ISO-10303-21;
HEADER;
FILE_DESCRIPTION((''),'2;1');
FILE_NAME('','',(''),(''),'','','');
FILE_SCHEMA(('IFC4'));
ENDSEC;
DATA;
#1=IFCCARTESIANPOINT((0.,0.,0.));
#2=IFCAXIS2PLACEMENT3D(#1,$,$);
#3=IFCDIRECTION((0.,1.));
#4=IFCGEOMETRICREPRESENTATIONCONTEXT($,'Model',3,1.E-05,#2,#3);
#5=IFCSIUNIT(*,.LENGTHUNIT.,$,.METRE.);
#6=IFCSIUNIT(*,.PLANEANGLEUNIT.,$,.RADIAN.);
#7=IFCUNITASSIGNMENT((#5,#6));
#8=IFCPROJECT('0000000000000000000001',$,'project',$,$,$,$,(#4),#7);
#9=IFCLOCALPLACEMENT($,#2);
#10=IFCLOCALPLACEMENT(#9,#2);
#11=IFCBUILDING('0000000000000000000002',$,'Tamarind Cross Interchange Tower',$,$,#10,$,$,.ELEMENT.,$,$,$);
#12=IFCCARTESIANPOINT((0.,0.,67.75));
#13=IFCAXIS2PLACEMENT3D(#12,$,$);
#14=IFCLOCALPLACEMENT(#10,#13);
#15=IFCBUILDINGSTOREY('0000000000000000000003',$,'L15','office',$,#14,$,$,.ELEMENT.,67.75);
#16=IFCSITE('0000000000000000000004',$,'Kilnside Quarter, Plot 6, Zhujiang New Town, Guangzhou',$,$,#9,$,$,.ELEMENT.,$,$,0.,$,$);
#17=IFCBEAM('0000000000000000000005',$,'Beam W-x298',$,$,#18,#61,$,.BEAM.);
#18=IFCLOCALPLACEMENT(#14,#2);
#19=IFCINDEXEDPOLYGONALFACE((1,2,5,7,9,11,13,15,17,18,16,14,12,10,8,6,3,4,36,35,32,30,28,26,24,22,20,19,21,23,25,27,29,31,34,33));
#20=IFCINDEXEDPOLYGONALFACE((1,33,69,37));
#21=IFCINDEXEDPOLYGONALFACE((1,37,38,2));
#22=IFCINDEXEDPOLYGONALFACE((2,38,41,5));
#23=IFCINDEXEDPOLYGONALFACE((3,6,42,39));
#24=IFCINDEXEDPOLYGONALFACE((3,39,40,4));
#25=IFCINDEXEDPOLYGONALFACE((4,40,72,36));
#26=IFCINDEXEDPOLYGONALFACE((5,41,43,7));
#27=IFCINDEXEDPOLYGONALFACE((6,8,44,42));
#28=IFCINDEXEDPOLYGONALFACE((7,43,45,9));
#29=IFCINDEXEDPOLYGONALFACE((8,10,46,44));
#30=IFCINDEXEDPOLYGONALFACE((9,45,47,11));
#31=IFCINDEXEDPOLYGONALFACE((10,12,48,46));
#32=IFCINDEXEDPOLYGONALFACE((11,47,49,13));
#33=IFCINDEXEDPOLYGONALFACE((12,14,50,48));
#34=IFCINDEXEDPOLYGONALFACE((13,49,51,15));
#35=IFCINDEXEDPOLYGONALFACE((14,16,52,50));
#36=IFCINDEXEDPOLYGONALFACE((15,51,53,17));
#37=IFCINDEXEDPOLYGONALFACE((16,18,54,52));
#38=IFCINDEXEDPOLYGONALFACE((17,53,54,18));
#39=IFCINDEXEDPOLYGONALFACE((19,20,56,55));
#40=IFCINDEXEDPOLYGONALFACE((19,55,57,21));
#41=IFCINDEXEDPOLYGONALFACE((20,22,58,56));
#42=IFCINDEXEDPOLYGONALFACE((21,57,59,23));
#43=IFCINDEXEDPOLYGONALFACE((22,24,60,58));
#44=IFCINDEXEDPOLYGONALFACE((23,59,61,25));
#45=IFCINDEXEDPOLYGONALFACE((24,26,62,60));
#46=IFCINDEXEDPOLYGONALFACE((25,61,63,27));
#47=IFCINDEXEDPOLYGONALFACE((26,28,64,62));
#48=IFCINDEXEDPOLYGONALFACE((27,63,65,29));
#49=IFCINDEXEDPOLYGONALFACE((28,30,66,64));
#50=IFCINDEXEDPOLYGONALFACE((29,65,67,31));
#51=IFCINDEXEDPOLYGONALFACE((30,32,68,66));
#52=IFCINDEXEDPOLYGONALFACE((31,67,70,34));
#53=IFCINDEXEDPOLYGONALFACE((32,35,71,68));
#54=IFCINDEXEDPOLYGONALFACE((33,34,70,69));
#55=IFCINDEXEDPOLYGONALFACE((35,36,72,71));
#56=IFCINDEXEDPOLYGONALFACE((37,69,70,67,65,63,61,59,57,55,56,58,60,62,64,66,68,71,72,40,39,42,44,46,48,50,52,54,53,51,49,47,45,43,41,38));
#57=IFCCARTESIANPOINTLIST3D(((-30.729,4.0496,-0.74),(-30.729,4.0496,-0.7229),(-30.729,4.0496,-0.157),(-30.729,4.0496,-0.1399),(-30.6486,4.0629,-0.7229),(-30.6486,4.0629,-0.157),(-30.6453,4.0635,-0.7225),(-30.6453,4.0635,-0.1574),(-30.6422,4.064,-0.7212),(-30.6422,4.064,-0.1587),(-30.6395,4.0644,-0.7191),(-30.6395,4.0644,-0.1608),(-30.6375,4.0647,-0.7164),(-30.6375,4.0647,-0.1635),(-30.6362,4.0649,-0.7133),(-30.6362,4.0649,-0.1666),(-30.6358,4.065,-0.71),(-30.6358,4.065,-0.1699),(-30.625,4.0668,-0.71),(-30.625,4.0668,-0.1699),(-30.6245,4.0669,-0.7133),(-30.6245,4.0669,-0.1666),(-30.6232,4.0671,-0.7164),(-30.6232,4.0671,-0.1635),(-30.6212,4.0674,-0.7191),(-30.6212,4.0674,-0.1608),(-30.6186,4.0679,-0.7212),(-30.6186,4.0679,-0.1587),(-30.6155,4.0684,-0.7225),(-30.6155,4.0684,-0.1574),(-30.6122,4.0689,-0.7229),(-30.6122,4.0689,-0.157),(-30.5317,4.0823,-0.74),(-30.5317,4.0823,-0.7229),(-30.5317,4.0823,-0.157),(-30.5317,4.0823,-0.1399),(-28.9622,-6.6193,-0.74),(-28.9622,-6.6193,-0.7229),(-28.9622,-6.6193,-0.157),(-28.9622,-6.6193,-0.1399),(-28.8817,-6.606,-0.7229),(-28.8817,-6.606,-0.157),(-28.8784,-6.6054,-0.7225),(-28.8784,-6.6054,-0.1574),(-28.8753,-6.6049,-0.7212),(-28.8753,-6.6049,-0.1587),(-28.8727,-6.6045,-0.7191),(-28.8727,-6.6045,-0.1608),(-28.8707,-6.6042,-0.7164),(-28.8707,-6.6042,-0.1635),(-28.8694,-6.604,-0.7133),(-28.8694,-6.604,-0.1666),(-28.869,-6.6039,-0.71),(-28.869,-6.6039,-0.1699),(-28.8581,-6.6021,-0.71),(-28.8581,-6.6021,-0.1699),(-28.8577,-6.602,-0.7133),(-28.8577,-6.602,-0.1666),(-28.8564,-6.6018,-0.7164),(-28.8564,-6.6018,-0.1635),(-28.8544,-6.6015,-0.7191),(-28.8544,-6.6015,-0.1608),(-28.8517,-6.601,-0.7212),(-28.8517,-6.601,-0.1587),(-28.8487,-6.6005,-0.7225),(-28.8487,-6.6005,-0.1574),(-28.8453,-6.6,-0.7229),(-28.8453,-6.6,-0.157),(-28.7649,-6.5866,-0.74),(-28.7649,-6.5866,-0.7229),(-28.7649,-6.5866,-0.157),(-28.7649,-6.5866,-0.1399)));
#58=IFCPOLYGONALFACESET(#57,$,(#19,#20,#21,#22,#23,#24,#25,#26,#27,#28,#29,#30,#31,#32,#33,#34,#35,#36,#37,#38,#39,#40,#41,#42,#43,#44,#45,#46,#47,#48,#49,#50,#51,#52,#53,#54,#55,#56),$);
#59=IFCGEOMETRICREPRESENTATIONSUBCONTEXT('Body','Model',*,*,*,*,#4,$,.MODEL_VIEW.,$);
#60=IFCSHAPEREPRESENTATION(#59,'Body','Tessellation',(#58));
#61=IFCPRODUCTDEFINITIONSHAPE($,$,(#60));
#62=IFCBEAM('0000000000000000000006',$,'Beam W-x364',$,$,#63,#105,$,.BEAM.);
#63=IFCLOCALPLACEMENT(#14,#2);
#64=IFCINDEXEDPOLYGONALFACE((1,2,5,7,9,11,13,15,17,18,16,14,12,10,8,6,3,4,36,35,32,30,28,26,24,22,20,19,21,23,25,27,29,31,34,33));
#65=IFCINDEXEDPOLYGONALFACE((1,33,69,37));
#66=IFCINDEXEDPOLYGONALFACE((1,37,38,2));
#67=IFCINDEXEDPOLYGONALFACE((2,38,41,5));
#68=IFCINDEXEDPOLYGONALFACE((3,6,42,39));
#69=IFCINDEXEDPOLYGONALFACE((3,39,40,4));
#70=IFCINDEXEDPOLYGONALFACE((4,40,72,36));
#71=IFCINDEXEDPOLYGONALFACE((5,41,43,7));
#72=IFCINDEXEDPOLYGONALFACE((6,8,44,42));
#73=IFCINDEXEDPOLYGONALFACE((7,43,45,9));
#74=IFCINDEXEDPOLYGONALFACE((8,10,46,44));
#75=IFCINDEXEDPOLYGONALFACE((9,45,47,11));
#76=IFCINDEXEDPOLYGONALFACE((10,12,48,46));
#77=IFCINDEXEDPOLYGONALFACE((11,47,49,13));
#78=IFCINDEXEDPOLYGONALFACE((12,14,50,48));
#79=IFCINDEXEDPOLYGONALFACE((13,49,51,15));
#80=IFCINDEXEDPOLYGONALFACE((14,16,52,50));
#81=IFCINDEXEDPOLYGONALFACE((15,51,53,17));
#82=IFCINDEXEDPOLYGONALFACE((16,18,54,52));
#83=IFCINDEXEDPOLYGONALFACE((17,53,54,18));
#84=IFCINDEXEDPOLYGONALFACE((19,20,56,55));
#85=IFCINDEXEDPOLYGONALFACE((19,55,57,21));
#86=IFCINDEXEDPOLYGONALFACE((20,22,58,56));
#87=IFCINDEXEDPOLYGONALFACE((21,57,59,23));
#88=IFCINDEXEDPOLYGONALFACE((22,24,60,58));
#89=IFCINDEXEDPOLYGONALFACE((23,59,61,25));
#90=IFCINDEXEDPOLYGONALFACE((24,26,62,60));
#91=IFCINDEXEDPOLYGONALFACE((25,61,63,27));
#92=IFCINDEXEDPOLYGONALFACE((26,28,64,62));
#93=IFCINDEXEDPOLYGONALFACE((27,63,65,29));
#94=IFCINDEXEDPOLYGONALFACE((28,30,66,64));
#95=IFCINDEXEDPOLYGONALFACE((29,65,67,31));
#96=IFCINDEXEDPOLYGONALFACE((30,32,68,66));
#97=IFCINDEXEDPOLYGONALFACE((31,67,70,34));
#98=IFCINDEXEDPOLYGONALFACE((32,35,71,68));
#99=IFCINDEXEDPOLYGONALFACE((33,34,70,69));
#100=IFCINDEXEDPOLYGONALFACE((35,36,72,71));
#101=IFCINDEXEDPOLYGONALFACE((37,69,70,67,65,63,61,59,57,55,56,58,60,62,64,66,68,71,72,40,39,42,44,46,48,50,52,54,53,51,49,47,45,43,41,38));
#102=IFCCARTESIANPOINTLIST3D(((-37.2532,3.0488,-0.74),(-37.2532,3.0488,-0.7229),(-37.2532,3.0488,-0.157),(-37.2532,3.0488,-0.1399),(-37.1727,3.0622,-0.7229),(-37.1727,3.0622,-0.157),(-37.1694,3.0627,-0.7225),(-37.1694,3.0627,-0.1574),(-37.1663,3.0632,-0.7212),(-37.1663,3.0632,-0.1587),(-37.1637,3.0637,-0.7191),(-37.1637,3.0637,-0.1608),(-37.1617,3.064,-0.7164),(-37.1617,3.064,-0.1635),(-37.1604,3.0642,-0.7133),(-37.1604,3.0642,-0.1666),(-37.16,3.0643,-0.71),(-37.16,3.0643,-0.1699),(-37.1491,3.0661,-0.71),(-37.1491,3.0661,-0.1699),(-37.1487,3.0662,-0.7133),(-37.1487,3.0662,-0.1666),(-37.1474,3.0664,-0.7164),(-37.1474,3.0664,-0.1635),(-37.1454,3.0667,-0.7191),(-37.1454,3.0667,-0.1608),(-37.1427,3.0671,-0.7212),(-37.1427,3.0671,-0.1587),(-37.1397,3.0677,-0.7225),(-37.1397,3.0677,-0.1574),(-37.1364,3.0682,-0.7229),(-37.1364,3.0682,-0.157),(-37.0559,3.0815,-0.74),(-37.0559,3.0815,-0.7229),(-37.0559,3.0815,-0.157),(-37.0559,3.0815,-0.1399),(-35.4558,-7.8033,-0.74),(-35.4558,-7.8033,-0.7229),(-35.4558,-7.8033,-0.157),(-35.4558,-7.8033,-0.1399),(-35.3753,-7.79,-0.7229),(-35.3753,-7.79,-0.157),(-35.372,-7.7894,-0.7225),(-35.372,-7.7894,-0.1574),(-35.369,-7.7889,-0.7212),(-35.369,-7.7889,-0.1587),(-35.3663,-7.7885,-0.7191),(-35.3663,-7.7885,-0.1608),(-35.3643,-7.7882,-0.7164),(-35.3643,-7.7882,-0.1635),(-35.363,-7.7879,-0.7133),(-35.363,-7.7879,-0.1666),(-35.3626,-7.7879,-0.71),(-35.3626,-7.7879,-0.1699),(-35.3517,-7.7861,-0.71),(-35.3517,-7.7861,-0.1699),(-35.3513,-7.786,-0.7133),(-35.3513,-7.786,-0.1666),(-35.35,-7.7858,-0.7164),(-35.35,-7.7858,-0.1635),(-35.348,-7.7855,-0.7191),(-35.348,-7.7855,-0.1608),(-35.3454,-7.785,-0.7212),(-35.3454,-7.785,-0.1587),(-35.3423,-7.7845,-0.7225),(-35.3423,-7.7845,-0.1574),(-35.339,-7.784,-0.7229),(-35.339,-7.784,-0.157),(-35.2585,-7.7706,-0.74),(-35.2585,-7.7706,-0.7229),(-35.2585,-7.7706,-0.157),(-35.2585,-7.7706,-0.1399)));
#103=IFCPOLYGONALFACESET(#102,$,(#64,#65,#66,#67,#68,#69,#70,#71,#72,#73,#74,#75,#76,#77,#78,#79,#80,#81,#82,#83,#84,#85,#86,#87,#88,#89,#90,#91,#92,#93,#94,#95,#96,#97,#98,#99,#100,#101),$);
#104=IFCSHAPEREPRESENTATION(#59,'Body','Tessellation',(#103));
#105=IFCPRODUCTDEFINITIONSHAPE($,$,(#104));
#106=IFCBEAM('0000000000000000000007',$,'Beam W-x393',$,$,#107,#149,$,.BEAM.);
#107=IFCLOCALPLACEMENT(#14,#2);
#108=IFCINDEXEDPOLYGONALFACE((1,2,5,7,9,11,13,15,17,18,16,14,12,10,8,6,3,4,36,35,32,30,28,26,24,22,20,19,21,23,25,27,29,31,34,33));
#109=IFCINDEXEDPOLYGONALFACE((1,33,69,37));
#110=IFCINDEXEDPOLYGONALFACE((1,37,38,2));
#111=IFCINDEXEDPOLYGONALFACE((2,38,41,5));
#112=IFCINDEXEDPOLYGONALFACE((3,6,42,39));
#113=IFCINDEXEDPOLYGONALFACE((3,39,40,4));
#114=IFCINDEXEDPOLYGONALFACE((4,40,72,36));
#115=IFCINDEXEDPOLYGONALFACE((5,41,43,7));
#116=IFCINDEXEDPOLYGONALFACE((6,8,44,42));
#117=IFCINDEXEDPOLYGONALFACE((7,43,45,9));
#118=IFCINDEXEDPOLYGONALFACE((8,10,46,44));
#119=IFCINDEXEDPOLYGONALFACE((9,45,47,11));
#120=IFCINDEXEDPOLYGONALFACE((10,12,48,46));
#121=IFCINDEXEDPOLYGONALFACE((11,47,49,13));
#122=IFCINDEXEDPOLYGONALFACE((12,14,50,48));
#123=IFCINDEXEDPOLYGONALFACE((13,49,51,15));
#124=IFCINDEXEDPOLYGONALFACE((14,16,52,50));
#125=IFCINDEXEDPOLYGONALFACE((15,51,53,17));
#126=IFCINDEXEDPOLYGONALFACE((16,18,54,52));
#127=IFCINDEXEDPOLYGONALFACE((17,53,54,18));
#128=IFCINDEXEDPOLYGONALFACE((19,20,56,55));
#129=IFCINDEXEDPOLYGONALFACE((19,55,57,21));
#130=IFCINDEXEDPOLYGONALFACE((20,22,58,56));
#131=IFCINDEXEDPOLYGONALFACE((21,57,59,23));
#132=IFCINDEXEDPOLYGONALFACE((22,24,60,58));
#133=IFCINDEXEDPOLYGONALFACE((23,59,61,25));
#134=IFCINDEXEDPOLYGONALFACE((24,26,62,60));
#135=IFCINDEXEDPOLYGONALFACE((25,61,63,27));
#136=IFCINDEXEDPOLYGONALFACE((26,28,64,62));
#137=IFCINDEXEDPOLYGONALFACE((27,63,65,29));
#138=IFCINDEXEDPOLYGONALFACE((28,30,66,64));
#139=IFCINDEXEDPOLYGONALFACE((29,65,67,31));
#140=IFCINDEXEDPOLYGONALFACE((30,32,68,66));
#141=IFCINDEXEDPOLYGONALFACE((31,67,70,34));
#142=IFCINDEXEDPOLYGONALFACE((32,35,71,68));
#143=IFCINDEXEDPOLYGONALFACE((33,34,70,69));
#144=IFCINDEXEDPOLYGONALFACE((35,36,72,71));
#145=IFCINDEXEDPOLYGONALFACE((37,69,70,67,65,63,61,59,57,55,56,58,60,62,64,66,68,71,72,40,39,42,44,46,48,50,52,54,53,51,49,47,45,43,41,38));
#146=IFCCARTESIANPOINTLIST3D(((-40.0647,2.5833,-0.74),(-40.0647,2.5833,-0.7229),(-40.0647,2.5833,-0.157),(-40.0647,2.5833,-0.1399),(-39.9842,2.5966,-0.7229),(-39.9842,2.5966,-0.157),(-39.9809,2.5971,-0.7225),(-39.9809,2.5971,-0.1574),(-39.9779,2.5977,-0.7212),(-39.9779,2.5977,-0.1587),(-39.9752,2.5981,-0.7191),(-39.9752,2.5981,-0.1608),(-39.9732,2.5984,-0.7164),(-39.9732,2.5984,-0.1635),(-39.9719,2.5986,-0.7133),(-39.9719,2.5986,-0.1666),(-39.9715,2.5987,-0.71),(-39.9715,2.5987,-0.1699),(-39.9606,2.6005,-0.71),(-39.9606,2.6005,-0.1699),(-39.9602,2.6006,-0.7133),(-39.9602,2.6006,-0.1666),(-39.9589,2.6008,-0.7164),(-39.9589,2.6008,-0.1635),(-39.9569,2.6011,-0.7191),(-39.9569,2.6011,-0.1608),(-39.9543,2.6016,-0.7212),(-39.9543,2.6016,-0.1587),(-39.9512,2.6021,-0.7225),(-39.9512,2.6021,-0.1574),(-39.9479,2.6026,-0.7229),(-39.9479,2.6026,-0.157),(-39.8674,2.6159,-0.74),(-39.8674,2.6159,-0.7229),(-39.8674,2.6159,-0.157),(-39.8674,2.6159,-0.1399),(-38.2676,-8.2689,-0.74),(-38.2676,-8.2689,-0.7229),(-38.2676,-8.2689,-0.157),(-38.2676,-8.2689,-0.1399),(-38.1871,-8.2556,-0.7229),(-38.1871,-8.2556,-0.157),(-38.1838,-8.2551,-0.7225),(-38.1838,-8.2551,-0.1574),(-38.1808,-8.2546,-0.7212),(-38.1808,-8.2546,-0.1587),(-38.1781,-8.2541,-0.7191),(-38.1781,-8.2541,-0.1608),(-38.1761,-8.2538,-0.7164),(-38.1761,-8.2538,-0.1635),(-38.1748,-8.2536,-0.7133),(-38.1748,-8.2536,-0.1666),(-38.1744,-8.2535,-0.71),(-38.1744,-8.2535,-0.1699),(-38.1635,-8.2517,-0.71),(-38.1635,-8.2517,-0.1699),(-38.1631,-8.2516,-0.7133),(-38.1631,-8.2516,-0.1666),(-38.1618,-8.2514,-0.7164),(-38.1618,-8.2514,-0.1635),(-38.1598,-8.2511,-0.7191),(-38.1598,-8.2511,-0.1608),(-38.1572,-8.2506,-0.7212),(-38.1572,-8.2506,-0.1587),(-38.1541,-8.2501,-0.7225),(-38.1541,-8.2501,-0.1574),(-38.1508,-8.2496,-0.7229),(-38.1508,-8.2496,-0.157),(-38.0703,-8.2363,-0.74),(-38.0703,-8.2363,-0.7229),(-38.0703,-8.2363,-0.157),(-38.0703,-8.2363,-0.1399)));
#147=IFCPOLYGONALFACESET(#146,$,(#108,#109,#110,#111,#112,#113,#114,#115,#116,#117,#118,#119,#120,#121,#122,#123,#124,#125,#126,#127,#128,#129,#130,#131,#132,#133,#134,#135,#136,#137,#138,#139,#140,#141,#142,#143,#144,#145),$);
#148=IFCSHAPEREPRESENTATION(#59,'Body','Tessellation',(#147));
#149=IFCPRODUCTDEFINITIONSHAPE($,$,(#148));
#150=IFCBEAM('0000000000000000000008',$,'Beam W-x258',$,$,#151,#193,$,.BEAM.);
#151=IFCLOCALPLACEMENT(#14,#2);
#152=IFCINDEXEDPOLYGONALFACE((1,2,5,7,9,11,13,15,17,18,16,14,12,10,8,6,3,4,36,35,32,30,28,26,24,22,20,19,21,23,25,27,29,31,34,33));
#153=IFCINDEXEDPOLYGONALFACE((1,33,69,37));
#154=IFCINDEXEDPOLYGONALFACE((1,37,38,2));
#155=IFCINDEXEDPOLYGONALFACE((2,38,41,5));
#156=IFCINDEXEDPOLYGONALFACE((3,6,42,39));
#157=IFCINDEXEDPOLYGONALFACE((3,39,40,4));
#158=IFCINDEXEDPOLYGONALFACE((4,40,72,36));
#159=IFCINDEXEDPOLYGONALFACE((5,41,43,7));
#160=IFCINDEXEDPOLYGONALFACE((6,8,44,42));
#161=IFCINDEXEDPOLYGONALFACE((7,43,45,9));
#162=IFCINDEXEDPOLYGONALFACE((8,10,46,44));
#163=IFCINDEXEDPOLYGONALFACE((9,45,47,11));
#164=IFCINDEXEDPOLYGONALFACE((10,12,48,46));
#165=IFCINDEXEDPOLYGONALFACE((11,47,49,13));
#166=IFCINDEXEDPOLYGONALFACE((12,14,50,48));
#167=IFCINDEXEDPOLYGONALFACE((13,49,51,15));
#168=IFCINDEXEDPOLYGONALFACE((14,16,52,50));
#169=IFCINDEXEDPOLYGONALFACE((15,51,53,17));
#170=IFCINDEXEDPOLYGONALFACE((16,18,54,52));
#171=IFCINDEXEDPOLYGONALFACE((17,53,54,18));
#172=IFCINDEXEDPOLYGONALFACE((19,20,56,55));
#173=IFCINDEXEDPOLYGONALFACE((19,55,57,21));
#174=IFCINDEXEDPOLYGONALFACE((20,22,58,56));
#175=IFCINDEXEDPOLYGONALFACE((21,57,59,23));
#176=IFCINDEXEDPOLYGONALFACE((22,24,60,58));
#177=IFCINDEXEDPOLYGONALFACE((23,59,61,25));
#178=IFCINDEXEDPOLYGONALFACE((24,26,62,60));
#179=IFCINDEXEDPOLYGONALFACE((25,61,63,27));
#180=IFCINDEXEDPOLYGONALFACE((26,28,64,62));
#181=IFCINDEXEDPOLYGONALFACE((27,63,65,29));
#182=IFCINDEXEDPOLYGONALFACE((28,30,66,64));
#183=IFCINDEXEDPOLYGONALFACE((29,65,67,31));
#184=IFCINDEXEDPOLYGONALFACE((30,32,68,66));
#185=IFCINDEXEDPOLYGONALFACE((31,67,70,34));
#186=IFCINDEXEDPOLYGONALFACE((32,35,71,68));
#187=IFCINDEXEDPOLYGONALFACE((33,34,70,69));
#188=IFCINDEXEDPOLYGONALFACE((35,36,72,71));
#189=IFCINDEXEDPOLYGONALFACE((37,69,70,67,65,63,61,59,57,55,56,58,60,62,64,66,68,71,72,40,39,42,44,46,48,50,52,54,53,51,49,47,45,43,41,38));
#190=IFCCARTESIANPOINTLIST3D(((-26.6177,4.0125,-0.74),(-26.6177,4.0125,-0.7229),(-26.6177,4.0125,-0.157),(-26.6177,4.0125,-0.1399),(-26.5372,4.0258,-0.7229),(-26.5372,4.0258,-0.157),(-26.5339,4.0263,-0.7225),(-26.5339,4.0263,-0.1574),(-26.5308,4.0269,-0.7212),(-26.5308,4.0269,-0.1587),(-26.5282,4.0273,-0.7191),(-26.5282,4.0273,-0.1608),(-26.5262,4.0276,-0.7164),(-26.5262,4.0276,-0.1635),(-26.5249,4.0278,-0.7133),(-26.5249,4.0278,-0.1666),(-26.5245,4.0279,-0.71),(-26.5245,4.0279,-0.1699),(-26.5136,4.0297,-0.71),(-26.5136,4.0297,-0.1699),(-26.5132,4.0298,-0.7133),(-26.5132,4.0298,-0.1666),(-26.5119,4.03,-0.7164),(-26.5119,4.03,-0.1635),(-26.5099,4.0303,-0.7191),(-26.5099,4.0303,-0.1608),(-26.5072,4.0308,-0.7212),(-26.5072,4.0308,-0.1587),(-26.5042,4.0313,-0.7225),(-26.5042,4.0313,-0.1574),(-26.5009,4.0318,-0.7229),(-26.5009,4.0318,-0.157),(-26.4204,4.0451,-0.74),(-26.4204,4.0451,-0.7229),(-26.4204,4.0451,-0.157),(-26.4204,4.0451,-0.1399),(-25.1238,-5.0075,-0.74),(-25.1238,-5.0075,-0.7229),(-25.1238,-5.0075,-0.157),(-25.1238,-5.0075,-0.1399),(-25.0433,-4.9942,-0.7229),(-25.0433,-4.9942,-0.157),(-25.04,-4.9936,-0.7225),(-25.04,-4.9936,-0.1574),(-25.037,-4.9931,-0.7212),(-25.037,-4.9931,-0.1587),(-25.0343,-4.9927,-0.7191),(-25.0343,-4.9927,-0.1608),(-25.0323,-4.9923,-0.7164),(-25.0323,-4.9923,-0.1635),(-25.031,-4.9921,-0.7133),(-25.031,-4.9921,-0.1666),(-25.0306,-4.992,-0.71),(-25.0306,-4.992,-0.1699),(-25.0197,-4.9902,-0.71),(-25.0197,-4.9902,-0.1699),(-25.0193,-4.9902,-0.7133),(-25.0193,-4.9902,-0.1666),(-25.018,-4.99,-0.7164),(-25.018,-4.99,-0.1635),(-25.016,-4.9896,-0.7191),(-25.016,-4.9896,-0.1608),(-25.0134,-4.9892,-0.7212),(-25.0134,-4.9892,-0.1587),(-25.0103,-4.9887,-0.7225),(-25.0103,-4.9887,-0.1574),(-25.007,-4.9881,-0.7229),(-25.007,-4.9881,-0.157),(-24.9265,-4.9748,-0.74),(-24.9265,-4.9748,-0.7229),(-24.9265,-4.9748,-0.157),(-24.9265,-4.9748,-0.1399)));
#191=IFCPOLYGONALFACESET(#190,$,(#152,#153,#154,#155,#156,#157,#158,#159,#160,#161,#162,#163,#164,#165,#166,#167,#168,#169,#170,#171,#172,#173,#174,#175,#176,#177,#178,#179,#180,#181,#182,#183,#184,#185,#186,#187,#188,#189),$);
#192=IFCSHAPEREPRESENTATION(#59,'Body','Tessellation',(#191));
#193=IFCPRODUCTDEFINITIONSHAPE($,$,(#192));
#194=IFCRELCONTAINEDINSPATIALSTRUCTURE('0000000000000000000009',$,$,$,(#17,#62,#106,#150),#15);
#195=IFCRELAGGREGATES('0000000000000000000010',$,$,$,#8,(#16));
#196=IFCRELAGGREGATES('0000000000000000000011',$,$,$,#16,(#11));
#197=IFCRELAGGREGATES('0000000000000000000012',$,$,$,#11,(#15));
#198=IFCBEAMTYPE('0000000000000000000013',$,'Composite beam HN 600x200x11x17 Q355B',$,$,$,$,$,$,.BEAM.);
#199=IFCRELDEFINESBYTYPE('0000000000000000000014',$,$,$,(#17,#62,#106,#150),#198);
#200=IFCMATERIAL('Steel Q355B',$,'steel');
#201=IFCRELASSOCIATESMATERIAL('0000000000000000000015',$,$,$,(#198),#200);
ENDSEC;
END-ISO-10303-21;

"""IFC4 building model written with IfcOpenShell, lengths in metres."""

from ifc_helpers import new_model, si_unit, direction, frame, origin, origin_2d, place, context, subcontext, project, spatial, i_section, extrude, material, material_profile, profile_set, type_object, element, save


model = new_model("IFC4")

# Units and contexts
model_context = context("Model", 3, precision=1e-05, world=origin(), true_north=direction((0.0, 1.0)))
body_context = subcontext(model_context, "Body", "Model", "MODEL_VIEW")
ifc_project = project(units=[si_unit("LENGTHUNIT", "METRE"), si_unit("PLANEANGLEUNIT", "RADIAN")], contexts=[model_context])

# Site, building, storey
site_placement = place(None, origin())
site = spatial("IfcSite", under=ifc_project, at=site_placement, Name="Kilnside Quarter, Plot 6, Zhujiang New Town, Guangzhou", CompositionType="ELEMENT", RefElevation=0.0)
building_placement = place(site_placement, origin())
building = spatial("IfcBuilding", under=site, at=building_placement, Name="Tamarind Cross Interchange Tower", CompositionType="ELEMENT")
storey_placement = place(building_placement, frame((0.0, 0.0, 67.75)))
storey = spatial("IfcBuildingStorey", under=building, at=storey_placement, Name="L15", Description="office", CompositionType="ELEMENT", Elevation=67.75)

# Beams
ifc_material_1 = material(Name="Steel Q355B", Category="steel")
ifc_material_profile_1 = material_profile(ifc_material_1, i_section(OverallWidth=0.2, OverallDepth=0.6001, WebThickness=0.011, FlangeThickness=0.0171, FilletRadius=0.0129, at=origin_2d()), Name="HN 600x200x11x17")
ifc_profile_set_1 = profile_set([ifc_material_profile_1], Name="Steel Q355B")
beam_type_1 = type_object("IfcBeamType", Name="Composite beam HN 600x200x11x17 Q355B", PredefinedType="BEAM", material=ifc_profile_set_1)
beam_1_placement = place(storey_placement, frame((-30.6304, 4.0659, -0.4399), z_axis=(0.163381, -0.986563, 0.0), x_axis=(0.986563, 0.163381, 0.0)))
element("IfcBeam", 1, at=beam_1_placement, inside=storey, type_object=beam_type_1, Name="Beam W-x298", PredefinedType="BEAM", context=body_context, shape_type="SweptSolid", body=[
    extrude(i_section(OverallWidth=0.2, OverallDepth=0.6001, WebThickness=0.011, FlangeThickness=0.0171, FilletRadius=0.0129, at=origin_2d()), origin(), (0.0, 0.0, 1.0), 10.8142),
])
for number, where, z_axis, x_axis, name in (
    (2, (-37.1545, 3.0652, -0.4399), (0.163398, -0.98656, 0.0), (0.98656, 0.163398, 0.0), "Beam W-x364"),
    (3, (-39.9661, 2.5996, -0.4399), (0.163373, -0.986564, 0.0), (0.986564, 0.163373, 0.0), "Beam W-x393"),
):
    element("IfcBeam", number, at=place(storey_placement, frame(where, z_axis=z_axis, x_axis=x_axis)), inside=storey, type_object=beam_type_1, Name=name, PredefinedType="BEAM", context=body_context, shape_type="SweptSolid", body=[
        extrude(i_section(OverallWidth=0.2, OverallDepth=0.6001, WebThickness=0.011, FlangeThickness=0.0171, FilletRadius=0.0129, at=origin_2d()), origin(), (0.0, 0.0, 1.0), 11.0),
    ])
beam_2_placement = place(storey_placement, frame((-26.519, 4.0288, -0.4399), z_axis=(0.163394, -0.986561, 0.0), x_axis=(0.986561, 0.163394, 0.0)))
element("IfcBeam", 4, at=beam_2_placement, inside=storey, type_object=beam_type_1, Name="Beam W-x258", PredefinedType="BEAM", context=body_context, shape_type="SweptSolid", body=[
    extrude(i_section(OverallWidth=0.2, OverallDepth=0.6001, WebThickness=0.011, FlangeThickness=0.0171, FilletRadius=0.0129, at=origin_2d()), origin(), (0.0, 0.0, 1.0), 9.1428),
])

save(model, "model.ifc")
